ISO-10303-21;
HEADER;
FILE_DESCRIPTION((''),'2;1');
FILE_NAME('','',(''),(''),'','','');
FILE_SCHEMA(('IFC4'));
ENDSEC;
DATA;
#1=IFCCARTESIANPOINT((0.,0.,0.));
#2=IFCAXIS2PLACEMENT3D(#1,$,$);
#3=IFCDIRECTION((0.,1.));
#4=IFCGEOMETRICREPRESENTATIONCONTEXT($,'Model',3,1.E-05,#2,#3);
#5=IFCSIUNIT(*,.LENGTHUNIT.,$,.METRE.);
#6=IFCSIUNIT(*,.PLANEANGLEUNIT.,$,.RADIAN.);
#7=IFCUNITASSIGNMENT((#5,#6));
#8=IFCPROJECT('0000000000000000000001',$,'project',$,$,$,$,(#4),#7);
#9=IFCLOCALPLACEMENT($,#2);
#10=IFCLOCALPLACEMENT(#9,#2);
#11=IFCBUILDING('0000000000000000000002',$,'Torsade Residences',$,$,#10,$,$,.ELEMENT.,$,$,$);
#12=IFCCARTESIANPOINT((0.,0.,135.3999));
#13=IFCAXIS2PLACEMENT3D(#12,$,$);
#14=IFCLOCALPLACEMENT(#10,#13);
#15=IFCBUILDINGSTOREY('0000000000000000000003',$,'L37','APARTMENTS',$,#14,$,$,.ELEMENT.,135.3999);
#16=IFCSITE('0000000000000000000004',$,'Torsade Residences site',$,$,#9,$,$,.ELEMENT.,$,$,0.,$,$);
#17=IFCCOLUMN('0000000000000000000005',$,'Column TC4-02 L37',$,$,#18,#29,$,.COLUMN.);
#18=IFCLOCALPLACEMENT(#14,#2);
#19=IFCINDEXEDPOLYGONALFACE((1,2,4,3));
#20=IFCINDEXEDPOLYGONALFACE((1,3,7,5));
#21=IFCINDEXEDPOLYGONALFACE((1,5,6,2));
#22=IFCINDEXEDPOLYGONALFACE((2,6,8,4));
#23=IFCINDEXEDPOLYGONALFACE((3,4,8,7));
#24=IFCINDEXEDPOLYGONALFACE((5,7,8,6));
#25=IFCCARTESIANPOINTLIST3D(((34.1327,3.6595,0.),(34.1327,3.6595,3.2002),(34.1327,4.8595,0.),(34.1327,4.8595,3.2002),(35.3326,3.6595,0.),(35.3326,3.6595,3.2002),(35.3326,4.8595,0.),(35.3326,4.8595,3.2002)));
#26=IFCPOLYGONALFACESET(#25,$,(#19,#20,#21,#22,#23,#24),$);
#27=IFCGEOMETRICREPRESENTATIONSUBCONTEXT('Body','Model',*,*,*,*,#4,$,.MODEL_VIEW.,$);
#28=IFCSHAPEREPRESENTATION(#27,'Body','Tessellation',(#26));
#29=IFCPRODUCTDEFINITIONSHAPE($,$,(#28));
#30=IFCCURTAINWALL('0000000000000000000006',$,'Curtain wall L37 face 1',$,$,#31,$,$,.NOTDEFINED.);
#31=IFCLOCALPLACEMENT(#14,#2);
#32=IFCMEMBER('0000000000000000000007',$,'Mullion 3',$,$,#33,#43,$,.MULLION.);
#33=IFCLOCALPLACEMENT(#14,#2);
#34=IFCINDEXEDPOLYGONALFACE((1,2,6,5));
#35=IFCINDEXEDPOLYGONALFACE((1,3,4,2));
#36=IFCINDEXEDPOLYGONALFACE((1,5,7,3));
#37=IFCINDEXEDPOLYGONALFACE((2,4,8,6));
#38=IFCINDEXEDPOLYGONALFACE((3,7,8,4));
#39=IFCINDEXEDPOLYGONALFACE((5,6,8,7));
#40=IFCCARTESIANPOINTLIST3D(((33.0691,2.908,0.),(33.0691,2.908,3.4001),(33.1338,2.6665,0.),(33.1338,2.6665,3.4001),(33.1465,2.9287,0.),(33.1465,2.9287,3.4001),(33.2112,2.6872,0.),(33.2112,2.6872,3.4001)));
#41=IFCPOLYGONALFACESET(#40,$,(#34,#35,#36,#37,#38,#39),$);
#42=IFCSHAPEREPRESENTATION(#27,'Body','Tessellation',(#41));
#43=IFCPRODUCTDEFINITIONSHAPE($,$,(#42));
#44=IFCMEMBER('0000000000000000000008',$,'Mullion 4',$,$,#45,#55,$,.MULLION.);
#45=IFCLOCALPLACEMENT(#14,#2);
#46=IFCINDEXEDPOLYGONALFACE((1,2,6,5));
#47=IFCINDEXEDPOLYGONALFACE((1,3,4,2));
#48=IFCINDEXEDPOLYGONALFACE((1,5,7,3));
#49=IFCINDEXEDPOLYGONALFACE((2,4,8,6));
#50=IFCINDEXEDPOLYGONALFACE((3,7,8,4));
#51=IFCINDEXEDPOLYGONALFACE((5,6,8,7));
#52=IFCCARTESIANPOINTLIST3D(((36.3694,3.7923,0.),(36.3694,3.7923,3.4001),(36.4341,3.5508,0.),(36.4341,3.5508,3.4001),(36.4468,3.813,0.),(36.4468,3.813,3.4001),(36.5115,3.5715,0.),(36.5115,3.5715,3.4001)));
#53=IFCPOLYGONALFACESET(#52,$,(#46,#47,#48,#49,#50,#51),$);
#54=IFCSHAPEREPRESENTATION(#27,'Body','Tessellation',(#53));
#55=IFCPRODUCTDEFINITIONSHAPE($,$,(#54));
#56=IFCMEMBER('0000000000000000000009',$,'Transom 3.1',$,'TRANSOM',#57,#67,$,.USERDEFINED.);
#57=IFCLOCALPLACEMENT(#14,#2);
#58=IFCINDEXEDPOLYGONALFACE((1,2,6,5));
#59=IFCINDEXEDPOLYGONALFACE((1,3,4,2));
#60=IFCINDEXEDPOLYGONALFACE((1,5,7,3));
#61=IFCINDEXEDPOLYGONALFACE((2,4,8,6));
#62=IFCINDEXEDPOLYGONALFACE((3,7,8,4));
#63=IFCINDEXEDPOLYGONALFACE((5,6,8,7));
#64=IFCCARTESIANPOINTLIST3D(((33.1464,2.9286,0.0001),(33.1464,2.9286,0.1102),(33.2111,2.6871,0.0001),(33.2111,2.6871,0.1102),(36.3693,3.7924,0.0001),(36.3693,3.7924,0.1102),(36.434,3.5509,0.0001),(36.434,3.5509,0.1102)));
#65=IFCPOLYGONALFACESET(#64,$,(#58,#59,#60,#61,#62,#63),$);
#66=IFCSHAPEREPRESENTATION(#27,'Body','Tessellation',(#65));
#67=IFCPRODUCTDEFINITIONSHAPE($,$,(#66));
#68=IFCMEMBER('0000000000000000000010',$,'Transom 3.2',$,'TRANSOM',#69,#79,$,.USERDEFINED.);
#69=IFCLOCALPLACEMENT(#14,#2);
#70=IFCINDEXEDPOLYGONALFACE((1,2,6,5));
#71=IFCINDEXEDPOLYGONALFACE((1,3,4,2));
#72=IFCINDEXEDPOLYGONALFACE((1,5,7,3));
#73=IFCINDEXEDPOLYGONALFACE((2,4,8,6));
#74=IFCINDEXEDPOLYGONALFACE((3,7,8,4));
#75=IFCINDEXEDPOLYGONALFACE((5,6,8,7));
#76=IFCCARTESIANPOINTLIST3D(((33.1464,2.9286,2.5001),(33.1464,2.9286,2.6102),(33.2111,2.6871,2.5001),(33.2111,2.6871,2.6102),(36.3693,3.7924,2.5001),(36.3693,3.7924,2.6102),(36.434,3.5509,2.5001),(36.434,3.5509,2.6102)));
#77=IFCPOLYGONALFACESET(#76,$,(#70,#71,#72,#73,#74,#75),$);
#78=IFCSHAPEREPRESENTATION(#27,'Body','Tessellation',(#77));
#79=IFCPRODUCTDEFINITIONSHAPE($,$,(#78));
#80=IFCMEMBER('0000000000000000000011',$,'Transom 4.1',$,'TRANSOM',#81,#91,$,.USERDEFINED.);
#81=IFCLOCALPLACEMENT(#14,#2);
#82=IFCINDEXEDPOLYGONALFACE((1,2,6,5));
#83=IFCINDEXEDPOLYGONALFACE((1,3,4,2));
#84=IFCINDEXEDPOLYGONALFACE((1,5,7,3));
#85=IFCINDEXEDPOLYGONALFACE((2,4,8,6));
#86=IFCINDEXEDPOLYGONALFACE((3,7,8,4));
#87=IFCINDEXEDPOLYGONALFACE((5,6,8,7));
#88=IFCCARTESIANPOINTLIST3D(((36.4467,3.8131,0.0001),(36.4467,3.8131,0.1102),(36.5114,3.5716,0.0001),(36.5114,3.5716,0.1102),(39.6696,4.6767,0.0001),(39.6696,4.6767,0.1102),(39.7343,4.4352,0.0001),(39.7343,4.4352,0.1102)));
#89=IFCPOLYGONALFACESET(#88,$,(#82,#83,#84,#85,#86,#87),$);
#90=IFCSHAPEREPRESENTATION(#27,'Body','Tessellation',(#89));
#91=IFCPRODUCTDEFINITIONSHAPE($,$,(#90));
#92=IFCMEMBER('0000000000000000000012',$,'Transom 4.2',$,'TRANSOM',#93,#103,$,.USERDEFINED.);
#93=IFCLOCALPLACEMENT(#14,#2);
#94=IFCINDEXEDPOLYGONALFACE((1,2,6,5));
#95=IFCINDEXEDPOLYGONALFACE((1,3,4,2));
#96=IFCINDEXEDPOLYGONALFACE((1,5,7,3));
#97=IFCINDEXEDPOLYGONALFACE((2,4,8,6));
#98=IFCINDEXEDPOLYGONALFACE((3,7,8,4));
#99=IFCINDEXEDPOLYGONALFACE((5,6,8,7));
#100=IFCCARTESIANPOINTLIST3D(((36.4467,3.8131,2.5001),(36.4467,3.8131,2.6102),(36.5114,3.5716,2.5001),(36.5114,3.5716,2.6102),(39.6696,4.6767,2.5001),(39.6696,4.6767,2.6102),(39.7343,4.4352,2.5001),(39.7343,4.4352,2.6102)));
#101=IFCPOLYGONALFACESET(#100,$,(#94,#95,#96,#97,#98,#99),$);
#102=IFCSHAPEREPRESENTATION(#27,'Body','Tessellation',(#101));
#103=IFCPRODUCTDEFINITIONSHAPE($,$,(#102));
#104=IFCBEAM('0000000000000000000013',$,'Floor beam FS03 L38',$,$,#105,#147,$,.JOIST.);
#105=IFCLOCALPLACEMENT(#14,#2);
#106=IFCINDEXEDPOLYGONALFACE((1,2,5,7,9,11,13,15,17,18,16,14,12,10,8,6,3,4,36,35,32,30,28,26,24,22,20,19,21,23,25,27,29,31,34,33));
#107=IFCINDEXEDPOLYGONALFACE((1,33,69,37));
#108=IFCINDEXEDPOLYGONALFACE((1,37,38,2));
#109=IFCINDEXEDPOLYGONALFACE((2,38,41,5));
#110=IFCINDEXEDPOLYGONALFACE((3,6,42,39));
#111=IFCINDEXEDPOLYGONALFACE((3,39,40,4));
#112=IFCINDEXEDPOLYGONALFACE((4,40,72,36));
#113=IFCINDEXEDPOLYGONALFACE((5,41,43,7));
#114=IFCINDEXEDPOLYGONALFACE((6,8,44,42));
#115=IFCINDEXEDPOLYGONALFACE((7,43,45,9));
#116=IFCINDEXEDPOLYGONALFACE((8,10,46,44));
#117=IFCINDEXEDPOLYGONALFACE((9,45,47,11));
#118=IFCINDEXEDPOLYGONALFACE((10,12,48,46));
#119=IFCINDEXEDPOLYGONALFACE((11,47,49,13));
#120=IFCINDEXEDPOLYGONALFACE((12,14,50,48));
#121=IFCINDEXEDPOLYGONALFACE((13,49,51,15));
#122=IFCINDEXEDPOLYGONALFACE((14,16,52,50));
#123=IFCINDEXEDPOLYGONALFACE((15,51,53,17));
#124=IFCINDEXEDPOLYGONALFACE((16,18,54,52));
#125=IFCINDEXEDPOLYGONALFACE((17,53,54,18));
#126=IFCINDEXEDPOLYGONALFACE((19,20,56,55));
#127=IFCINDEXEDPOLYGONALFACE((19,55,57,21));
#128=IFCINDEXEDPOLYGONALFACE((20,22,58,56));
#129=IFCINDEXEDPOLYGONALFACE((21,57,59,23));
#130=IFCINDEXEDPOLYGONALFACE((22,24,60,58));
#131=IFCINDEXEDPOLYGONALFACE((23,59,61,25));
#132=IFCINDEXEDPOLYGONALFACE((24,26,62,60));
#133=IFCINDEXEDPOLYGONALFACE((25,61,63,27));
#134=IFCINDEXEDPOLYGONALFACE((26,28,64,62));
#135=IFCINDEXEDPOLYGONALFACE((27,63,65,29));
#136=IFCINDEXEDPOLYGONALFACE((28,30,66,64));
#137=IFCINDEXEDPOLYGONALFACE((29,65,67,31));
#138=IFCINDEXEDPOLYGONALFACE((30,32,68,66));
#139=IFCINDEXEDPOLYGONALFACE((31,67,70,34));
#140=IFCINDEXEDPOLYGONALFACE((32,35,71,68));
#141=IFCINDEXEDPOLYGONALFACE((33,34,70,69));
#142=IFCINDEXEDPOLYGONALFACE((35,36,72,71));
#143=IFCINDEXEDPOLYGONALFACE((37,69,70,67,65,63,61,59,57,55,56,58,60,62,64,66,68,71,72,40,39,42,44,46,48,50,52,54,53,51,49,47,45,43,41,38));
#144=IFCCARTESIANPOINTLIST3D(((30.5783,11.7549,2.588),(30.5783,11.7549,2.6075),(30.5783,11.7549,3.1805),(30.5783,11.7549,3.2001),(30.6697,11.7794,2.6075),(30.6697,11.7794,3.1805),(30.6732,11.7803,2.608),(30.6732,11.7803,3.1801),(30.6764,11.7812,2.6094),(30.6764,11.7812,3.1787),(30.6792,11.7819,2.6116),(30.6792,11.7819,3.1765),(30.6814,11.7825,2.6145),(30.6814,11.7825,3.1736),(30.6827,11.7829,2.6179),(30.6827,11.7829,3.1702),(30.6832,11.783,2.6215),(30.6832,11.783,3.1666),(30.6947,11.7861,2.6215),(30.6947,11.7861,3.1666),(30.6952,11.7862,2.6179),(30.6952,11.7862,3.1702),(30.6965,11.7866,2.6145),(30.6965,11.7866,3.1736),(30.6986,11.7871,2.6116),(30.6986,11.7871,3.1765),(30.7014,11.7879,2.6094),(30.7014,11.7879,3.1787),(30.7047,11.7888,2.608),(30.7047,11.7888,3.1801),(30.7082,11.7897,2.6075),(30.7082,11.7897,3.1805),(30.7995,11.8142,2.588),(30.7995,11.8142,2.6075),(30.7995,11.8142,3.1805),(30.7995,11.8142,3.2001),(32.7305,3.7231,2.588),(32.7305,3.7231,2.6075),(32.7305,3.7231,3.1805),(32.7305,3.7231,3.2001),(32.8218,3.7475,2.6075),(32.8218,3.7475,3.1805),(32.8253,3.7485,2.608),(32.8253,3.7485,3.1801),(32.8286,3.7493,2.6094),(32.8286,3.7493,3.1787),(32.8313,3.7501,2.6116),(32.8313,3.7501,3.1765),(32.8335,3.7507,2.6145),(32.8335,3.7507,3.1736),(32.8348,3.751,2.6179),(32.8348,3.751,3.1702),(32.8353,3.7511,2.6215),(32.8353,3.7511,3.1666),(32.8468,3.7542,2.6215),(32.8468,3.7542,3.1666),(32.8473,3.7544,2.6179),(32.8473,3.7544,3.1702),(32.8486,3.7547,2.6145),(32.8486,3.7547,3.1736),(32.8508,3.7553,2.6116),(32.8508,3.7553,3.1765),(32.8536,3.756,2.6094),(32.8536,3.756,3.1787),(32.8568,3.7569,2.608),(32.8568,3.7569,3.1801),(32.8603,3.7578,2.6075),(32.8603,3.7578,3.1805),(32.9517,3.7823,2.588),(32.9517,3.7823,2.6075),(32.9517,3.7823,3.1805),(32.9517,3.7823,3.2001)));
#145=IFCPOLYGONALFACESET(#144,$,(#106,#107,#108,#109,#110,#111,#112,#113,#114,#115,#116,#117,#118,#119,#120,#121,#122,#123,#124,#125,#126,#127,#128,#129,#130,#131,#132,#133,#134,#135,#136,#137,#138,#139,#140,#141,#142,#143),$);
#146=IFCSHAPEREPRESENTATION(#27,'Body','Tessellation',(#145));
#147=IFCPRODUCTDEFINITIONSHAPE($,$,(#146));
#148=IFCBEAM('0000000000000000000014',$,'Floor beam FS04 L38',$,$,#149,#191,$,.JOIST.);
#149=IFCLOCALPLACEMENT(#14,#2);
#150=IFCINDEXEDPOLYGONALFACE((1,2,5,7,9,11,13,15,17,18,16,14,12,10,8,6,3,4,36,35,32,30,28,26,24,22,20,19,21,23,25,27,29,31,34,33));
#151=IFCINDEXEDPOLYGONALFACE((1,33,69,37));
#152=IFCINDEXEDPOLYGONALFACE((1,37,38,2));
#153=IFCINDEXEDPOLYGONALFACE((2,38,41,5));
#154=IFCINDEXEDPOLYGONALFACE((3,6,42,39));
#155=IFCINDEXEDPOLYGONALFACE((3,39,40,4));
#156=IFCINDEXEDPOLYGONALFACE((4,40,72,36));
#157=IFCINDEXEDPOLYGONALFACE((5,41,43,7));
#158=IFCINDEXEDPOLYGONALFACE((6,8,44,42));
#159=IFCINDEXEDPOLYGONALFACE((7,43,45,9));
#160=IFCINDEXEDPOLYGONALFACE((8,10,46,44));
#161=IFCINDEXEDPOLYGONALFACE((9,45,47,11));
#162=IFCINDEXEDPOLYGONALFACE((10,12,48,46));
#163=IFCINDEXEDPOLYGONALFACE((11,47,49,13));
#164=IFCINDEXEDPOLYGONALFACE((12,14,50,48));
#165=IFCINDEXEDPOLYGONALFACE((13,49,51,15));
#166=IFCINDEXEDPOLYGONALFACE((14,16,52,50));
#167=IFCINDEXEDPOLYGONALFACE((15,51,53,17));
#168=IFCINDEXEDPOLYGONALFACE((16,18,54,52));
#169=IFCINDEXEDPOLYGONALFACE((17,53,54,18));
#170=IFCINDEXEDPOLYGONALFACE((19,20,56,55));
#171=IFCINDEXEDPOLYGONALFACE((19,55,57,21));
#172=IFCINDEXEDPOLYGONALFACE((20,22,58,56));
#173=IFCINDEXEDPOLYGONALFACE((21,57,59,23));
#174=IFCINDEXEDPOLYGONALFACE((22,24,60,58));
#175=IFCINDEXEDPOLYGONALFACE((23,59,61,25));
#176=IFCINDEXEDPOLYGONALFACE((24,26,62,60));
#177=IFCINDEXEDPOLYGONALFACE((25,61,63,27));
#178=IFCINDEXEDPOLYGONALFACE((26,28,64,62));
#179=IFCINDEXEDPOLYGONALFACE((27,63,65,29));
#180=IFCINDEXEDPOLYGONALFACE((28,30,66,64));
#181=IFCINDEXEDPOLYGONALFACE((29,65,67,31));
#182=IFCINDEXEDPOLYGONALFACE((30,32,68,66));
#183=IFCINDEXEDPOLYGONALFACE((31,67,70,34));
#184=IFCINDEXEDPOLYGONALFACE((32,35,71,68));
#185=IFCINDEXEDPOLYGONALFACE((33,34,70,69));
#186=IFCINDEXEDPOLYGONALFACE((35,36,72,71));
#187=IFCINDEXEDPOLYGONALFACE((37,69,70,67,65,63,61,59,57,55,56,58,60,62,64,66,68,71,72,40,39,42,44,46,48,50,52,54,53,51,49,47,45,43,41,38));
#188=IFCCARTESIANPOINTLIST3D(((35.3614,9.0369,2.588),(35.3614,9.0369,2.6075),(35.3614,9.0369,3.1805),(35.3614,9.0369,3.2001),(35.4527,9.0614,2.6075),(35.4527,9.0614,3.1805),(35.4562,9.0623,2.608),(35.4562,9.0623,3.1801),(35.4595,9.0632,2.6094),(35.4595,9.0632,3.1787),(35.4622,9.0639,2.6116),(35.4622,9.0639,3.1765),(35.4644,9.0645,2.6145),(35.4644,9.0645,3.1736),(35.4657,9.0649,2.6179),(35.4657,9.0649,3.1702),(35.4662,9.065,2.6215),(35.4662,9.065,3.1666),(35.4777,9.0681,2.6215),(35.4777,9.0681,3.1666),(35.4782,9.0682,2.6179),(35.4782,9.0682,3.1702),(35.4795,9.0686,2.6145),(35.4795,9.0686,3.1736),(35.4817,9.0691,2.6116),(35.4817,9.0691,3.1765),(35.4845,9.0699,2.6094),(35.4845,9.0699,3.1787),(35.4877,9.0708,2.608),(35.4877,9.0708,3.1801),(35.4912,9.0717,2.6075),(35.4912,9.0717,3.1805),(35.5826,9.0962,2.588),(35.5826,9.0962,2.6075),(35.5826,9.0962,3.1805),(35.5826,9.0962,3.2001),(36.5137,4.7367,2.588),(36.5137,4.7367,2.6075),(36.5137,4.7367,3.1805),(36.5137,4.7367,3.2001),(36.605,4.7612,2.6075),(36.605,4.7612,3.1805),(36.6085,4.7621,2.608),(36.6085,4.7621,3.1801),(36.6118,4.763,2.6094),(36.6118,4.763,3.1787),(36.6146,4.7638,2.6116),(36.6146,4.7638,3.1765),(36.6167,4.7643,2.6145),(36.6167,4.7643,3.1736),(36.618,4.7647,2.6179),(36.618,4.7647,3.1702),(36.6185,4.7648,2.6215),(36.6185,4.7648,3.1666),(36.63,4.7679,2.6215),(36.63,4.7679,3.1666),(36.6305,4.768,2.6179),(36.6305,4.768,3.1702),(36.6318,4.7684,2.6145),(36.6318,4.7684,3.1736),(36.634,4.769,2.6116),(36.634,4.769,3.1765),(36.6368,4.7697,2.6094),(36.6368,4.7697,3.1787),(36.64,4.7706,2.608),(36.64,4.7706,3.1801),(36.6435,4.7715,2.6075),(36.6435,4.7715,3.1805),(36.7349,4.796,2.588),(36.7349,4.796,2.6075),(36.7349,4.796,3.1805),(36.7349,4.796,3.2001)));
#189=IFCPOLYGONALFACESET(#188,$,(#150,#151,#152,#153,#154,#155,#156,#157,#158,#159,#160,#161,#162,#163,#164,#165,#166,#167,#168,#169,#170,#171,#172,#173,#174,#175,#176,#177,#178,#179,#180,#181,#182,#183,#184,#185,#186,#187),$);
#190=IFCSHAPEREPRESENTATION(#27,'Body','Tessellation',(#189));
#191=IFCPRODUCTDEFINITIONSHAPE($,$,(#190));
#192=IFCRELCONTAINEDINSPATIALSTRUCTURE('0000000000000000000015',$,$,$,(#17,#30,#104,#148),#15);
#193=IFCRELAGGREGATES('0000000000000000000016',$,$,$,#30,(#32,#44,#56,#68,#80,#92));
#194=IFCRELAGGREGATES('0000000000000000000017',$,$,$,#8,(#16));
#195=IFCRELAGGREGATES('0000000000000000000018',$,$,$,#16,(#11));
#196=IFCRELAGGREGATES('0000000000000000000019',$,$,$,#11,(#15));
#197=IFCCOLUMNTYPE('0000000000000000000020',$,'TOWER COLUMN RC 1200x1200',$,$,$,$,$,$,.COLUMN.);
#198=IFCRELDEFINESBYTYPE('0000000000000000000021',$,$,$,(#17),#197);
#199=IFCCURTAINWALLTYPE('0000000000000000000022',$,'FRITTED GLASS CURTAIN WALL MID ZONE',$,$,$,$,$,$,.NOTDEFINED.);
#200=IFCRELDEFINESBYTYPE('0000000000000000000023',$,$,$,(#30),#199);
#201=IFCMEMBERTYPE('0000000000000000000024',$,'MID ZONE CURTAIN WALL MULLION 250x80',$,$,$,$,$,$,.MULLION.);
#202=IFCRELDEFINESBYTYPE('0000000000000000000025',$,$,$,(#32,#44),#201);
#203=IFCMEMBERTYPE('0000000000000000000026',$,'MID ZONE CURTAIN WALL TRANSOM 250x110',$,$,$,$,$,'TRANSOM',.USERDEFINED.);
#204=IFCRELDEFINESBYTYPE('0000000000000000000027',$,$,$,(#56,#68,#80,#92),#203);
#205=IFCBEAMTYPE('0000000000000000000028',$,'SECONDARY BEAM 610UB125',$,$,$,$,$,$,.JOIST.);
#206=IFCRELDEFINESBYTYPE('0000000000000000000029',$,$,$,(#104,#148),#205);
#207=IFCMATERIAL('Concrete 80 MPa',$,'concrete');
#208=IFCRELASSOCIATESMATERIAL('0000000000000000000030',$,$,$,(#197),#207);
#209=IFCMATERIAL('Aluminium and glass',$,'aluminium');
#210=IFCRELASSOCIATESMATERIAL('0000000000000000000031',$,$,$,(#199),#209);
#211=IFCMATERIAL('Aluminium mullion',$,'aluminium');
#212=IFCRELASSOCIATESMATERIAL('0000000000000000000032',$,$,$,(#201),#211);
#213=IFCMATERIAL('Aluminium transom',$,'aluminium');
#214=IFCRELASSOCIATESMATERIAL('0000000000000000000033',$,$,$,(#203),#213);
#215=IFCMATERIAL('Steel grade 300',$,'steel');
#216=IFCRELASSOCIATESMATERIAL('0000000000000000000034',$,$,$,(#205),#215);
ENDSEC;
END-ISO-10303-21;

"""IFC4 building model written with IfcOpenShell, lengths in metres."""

from ifc_helpers import new_model, si_unit, direction, frame, origin, origin_2d, place, context, subcontext, project, spatial, rectangle, i_section, extrude, material, material_profile, profile_set, type_object, element, aggregate, save


model = new_model("IFC4")

# Units and contexts
model_context = context("Model", 3, precision=1e-05, world=origin(), true_north=direction((0.0, 1.0)))
body_context = subcontext(model_context, "Body", "Model", "MODEL_VIEW")
ifc_project = project(units=[si_unit("LENGTHUNIT", "METRE"), si_unit("PLANEANGLEUNIT", "RADIAN")], contexts=[model_context])

# Site, building, storey
site_placement = place(None, origin())
site = spatial("IfcSite", under=ifc_project, at=site_placement, Name="Torsade Residences site", CompositionType="ELEMENT", RefElevation=0.0)
building_placement = place(site_placement, origin())
building = spatial("IfcBuilding", under=site, at=building_placement, Name="Torsade Residences", CompositionType="ELEMENT")
storey_placement = place(building_placement, frame((0.0, 0.0, 135.3999)))
storey = spatial("IfcBuildingStorey", under=building, at=storey_placement, Name="L37", Description="APARTMENTS", CompositionType="ELEMENT", Elevation=135.3999)

# Column
ifc_material_1 = material(Name="Concrete 80 MPa", Category="concrete")
ifc_material_profile_1 = material_profile(ifc_material_1, rectangle(XDim=1.2, YDim=1.2, at=origin_2d()), Name="RC 1200x1200")
ifc_profile_set_1 = profile_set([ifc_material_profile_1], Name="Concrete 80 MPa")
column_type = type_object("IfcColumnType", Name="TOWER COLUMN RC 1200x1200", PredefinedType="COLUMN", material=ifc_profile_set_1)
column_placement = place(storey_placement, frame((34.7327, 4.2595, 0.0), z_axis=(0.0, 0.0, 1.0), x_axis=(1.0, 0.0, 0.0)))
element("IfcColumn", 1, at=column_placement, inside=storey, type_object=column_type, Name="Column TC4-02 L37", PredefinedType="COLUMN", context=body_context, shape_type="SweptSolid", body=[
    extrude(rectangle(XDim=1.2, YDim=1.2, at=origin_2d()), origin(), (0.0, 0.0, 1.0), 3.2002),
])

# Curtain wall, members
ifc_material_2 = material(Name="Aluminium and glass", Category="aluminium")
curtain_wall_type = type_object("IfcCurtainWallType", Name="FRITTED GLASS CURTAIN WALL MID ZONE", PredefinedType="NOTDEFINED", material=ifc_material_2)
curtain_wall_placement = place(storey_placement, origin())
curtain_wall = element("IfcCurtainWall", 2, at=curtain_wall_placement, inside=storey, type_object=curtain_wall_type, Name="Curtain wall L37 face 1", PredefinedType="NOTDEFINED")
ifc_material_3 = material(Name="Aluminium mullion", Category="aluminium")
ifc_material_profile_2 = material_profile(ifc_material_3, rectangle(XDim=0.25, YDim=0.0801, at=origin_2d()), Name="MID ZONE CURTAIN WALL MULLION 250x80")
ifc_profile_set_2 = profile_set([ifc_material_profile_2], Name="Aluminium mullion")
member_type_1 = type_object("IfcMemberType", Name="MID ZONE CURTAIN WALL MULLION 250x80", PredefinedType="MULLION", material=ifc_profile_set_2)
member_1_placement = place(storey_placement, frame((33.1401, 2.7976, 0.0), z_axis=(0.0, 0.0, 1.0), x_axis=(-0.258819, 0.965926, 0.0)))
member_1 = element("IfcMember", 3, at=member_1_placement, type_object=member_type_1, Name="Mullion 3", PredefinedType="MULLION", context=body_context, shape_type="SweptSolid", body=[
    extrude(rectangle(XDim=0.25, YDim=0.0801, at=origin_2d()), origin(), (0.0, 0.0, 1.0), 3.4001),
])
member_2_placement = place(storey_placement, frame((36.4404, 3.6819, 0.0), z_axis=(0.0, 0.0, 1.0), x_axis=(-0.258819, 0.965926, 0.0)))
member_2 = element("IfcMember", 4, at=member_2_placement, type_object=member_type_1, Name="Mullion 4", PredefinedType="MULLION", context=body_context, shape_type="SweptSolid", body=[
    extrude(rectangle(XDim=0.25, YDim=0.0801, at=origin_2d()), origin(), (0.0, 0.0, 1.0), 3.4001),
])
ifc_material_4 = material(Name="Aluminium transom", Category="aluminium")
ifc_material_profile_3 = material_profile(ifc_material_4, rectangle(XDim=0.25, YDim=0.1101, at=origin_2d()), Name="MID ZONE CURTAIN WALL TRANSOM 250x110")
ifc_profile_set_3 = profile_set([ifc_material_profile_3], Name="Aluminium transom")
member_type_2 = type_object("IfcMemberType", Name="MID ZONE CURTAIN WALL TRANSOM 250x110", ElementType="TRANSOM", PredefinedType="USERDEFINED", material=ifc_profile_set_3)
member_3_placement = place(storey_placement, frame((33.1787, 2.8079, 0.0552), z_axis=(0.965911, 0.258874, 0.0), x_axis=(-0.258874, 0.965911, 0.0)))
member_3 = element("IfcMember", 5, at=member_3_placement, type_object=member_type_2, Name="Transom 3.1", ObjectType="TRANSOM", PredefinedType="USERDEFINED", context=body_context, shape_type="SweptSolid", body=[
    extrude(rectangle(XDim=0.25, YDim=0.1101, at=origin_2d()), origin(), (0.0, 0.0, 1.0), 3.3367),
])
member_4_placement = place(storey_placement, frame((33.1787, 2.8079, 2.5552), z_axis=(0.965911, 0.258874, 0.0), x_axis=(-0.258874, 0.965911, 0.0)))
member_4 = element("IfcMember", 6, at=member_4_placement, type_object=member_type_2, Name="Transom 3.2", ObjectType="TRANSOM", PredefinedType="USERDEFINED", context=body_context, shape_type="SweptSolid", body=[
    extrude(rectangle(XDim=0.25, YDim=0.1101, at=origin_2d()), origin(), (0.0, 0.0, 1.0), 3.3367),
])
member_5_placement = place(storey_placement, frame((36.479, 3.6924, 0.0552), z_axis=(0.965929, 0.258806, 0.0), x_axis=(-0.258806, 0.965929, 0.0)))
member_5 = element("IfcMember", 7, at=member_5_placement, type_object=member_type_2, Name="Transom 4.1", ObjectType="TRANSOM", PredefinedType="USERDEFINED", context=body_context, shape_type="SweptSolid", body=[
    extrude(rectangle(XDim=0.25, YDim=0.1101, at=origin_2d()), origin(), (0.0, 0.0, 1.0), 3.3367),
])
member_6_placement = place(storey_placement, frame((36.479, 3.6924, 2.5552), z_axis=(0.965929, 0.258806, 0.0), x_axis=(-0.258806, 0.965929, 0.0)))
member_6 = element("IfcMember", 8, at=member_6_placement, type_object=member_type_2, Name="Transom 4.2", ObjectType="TRANSOM", PredefinedType="USERDEFINED", context=body_context, shape_type="SweptSolid", body=[
    extrude(rectangle(XDim=0.25, YDim=0.1101, at=origin_2d()), origin(), (0.0, 0.0, 1.0), 3.3367),
])

# Beams
ifc_material_5 = material(Name="Steel grade 300", Category="steel")
ifc_material_profile_4 = material_profile(ifc_material_5, i_section(OverallWidth=0.229, OverallDepth=0.6121, WebThickness=0.012, FlangeThickness=0.0195, FilletRadius=0.0139, at=origin_2d()), Name="610UB125")
ifc_profile_set_4 = profile_set([ifc_material_profile_4], Name="Steel grade 300")
beam_type_1 = type_object("IfcBeamType", Name="SECONDARY BEAM 610UB125", PredefinedType="JOIST", material=ifc_profile_set_4)
beam_1_placement = place(storey_placement, frame((32.8411, 3.7527, 2.894), z_axis=(-0.258819, 0.965926, 0.0), x_axis=(-0.965926, -0.258819, 0.0)))
element("IfcBeam", 9, at=beam_1_placement, inside=storey, type_object=beam_type_1, Name="Floor beam FS03 L38", PredefinedType="JOIST", context=body_context, shape_type="SweptSolid", body=[
    extrude(i_section(OverallWidth=0.229, OverallDepth=0.6121, WebThickness=0.012, FlangeThickness=0.0195, FilletRadius=0.0139, at=origin_2d()), origin(), (0.0, 0.0, 1.0), 8.3152),
])
beam_2_placement = place(storey_placement, frame((36.6243, 4.7664, 2.894), z_axis=(-0.258837, 0.965921, 0.0), x_axis=(-0.965921, -0.258837, 0.0)))
element("IfcBeam", 10, at=beam_2_placement, inside=storey, type_object=beam_type_1, Name="Floor beam FS04 L38", PredefinedType="JOIST", context=body_context, shape_type="SweptSolid", body=[
    extrude(i_section(OverallWidth=0.229, OverallDepth=0.6121, WebThickness=0.012, FlangeThickness=0.0195, FilletRadius=0.0139, at=origin_2d()), origin(), (0.0, 0.0, 1.0), 4.4519),
])

aggregate(curtain_wall, [member_1, member_2, member_3, member_4, member_5, member_6])

save(model, "model.ifc")
